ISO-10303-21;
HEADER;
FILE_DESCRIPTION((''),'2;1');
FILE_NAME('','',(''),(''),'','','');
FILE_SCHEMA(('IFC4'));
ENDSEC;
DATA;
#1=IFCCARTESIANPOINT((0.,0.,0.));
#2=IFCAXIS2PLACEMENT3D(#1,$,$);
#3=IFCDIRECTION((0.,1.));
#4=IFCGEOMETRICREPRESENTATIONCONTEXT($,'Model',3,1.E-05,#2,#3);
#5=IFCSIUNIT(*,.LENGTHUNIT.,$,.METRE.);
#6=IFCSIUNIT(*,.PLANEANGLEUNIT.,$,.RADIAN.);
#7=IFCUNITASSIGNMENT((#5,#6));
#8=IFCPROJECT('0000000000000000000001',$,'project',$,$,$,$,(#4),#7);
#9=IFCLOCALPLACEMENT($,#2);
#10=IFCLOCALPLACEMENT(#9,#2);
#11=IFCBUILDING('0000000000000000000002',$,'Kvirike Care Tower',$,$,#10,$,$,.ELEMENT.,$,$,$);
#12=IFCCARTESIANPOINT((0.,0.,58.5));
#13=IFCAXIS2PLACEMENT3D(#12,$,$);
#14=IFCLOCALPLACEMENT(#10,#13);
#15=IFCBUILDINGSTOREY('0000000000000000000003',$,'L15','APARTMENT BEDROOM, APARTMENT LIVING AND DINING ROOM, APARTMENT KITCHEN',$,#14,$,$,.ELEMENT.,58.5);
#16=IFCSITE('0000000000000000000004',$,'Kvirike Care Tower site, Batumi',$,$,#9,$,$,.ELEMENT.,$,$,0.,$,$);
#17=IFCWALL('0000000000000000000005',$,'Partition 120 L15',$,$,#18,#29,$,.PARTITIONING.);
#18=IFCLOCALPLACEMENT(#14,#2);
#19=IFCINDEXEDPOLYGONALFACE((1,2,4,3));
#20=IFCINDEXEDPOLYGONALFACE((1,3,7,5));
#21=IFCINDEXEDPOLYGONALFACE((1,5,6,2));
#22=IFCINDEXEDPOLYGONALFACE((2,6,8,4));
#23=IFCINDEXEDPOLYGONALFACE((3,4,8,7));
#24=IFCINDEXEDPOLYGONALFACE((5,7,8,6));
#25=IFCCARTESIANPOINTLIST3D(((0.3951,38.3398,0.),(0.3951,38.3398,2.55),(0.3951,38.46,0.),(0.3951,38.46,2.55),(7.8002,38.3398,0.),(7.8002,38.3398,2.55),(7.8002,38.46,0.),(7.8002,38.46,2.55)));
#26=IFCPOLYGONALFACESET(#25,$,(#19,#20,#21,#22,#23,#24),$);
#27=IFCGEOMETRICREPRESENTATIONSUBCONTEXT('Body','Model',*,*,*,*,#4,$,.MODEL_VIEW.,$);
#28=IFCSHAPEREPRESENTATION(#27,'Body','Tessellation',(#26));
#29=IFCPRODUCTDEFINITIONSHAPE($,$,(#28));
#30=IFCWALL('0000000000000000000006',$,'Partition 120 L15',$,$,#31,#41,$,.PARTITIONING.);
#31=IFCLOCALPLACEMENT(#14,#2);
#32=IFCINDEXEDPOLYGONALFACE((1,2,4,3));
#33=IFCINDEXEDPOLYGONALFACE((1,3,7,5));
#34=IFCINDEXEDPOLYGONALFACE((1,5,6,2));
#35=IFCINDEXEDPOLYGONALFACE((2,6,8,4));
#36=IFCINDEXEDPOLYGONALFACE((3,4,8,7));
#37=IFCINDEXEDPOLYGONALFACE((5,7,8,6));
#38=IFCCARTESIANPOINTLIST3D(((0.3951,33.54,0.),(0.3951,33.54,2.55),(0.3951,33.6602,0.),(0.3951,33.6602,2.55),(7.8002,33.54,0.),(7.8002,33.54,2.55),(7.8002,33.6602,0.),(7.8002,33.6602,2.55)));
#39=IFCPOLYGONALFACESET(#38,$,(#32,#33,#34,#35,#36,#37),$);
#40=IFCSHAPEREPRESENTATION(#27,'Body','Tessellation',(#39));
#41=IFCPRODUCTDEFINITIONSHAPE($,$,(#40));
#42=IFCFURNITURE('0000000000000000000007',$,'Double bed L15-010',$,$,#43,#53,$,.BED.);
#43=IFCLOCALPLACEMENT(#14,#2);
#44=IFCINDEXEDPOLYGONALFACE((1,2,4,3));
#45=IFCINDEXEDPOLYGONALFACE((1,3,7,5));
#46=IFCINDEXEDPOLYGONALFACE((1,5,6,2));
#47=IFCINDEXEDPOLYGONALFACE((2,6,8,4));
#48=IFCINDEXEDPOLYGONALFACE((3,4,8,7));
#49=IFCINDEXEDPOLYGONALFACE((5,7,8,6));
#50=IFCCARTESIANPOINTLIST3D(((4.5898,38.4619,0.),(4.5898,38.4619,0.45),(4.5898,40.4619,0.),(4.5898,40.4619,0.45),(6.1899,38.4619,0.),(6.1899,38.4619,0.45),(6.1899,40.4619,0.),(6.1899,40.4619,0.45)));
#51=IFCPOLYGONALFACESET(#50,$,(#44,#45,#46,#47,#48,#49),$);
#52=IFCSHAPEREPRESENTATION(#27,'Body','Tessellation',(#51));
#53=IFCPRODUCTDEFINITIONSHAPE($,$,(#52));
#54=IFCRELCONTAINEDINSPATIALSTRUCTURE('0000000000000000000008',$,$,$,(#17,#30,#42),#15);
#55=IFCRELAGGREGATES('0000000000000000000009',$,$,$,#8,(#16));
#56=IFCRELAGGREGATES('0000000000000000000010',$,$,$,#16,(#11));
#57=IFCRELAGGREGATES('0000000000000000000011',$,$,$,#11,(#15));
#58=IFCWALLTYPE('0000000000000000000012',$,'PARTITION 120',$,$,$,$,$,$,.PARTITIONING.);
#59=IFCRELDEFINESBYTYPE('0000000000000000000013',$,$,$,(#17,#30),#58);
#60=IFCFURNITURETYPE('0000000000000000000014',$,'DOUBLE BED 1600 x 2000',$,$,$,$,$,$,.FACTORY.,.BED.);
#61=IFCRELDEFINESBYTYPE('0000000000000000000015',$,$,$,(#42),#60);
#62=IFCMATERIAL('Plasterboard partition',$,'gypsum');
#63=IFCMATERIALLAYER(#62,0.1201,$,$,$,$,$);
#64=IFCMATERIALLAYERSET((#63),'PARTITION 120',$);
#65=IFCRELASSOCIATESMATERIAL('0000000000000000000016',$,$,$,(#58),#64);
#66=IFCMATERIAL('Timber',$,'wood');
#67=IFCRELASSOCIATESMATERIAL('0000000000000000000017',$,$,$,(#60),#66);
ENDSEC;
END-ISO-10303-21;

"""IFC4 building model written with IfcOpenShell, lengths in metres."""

from ifc_helpers import new_model, si_unit, direction, frame, frame_2d, origin, origin_2d, place, context, subcontext, project, spatial, rectangle, extrude, material, layer, layer_set, type_object, element, save


model = new_model("IFC4")

# Units and contexts
model_context = context("Model", 3, precision=1e-05, world=origin(), true_north=direction((0.0, 1.0)))
body_context = subcontext(model_context, "Body", "Model", "MODEL_VIEW")
ifc_project = project(units=[si_unit("LENGTHUNIT", "METRE"), si_unit("PLANEANGLEUNIT", "RADIAN")], contexts=[model_context])

# Site, building, storey
site_placement = place(None, origin())
site = spatial("IfcSite", under=ifc_project, at=site_placement, Name="Kvirike Care Tower site, Batumi", CompositionType="ELEMENT", RefElevation=0.0)
building_placement = place(site_placement, origin())
building = spatial("IfcBuilding", under=site, at=building_placement, Name="Kvirike Care Tower", CompositionType="ELEMENT")
storey_placement = place(building_placement, frame((0.0, 0.0, 58.5)))
storey = spatial("IfcBuildingStorey", under=building, at=storey_placement, Name="L15", Description="APARTMENT BEDROOM, APARTMENT LIVING AND DINING ROOM, APARTMENT KITCHEN", CompositionType="ELEMENT", Elevation=58.5)

# Walls
ifc_material_1 = material(Name="Plasterboard partition", Category="gypsum")
ifc_layer_1 = layer(ifc_material_1, 0.1201)
ifc_layer_set_1 = layer_set([ifc_layer_1], Name="PARTITION 120")
wall_type = type_object("IfcWallType", Name="PARTITION 120", PredefinedType="PARTITIONING", material=ifc_layer_set_1)
for number, where, z_axis, x_axis, name in (
    (1, (0.395, 38.3999, 0.0), (0.0, 0.0, 1.0), (1.0, 0.0, 0.0), "Partition 120 L15"),
    (2, (0.395, 33.6001, 0.0), (0.0, 0.0, 1.0), (1.0, 0.0, 0.0), "Partition 120 L15"),
):
    element("IfcWall", number, at=place(storey_placement, frame(where, z_axis=z_axis, x_axis=x_axis)), inside=storey, type_object=wall_type, Name=name, PredefinedType="PARTITIONING", context=body_context, shape_type="SweptSolid", body=[
        extrude(rectangle(XDim=7.405, YDim=0.1201, at=frame_2d((3.7026, 0.0))), origin(), (0.0, 0.0, 1.0), 2.55),
    ])

# Furniture
ifc_material_2 = material(Name="Timber", Category="wood")
furniture_type = type_object("IfcFurnitureType", Name="DOUBLE BED 1600 x 2000", AssemblyPlace="FACTORY", PredefinedType="BED", material=ifc_material_2)
furniture_placement = place(storey_placement, frame((5.3899, 39.4619, 0.0), z_axis=(0.0, 0.0, 1.0), x_axis=(-1.0, 0.0, 0.0)))
element("IfcFurniture", 3, at=furniture_placement, inside=storey, type_object=furniture_type, Name="Double bed L15-010", PredefinedType="BED", context=body_context, shape_type="SweptSolid", body=[
    extrude(rectangle(XDim=1.6001, YDim=2.0, at=origin_2d()), origin(), (0.0, 0.0, 1.0), 0.45),
])

save(model, "model.ifc")
